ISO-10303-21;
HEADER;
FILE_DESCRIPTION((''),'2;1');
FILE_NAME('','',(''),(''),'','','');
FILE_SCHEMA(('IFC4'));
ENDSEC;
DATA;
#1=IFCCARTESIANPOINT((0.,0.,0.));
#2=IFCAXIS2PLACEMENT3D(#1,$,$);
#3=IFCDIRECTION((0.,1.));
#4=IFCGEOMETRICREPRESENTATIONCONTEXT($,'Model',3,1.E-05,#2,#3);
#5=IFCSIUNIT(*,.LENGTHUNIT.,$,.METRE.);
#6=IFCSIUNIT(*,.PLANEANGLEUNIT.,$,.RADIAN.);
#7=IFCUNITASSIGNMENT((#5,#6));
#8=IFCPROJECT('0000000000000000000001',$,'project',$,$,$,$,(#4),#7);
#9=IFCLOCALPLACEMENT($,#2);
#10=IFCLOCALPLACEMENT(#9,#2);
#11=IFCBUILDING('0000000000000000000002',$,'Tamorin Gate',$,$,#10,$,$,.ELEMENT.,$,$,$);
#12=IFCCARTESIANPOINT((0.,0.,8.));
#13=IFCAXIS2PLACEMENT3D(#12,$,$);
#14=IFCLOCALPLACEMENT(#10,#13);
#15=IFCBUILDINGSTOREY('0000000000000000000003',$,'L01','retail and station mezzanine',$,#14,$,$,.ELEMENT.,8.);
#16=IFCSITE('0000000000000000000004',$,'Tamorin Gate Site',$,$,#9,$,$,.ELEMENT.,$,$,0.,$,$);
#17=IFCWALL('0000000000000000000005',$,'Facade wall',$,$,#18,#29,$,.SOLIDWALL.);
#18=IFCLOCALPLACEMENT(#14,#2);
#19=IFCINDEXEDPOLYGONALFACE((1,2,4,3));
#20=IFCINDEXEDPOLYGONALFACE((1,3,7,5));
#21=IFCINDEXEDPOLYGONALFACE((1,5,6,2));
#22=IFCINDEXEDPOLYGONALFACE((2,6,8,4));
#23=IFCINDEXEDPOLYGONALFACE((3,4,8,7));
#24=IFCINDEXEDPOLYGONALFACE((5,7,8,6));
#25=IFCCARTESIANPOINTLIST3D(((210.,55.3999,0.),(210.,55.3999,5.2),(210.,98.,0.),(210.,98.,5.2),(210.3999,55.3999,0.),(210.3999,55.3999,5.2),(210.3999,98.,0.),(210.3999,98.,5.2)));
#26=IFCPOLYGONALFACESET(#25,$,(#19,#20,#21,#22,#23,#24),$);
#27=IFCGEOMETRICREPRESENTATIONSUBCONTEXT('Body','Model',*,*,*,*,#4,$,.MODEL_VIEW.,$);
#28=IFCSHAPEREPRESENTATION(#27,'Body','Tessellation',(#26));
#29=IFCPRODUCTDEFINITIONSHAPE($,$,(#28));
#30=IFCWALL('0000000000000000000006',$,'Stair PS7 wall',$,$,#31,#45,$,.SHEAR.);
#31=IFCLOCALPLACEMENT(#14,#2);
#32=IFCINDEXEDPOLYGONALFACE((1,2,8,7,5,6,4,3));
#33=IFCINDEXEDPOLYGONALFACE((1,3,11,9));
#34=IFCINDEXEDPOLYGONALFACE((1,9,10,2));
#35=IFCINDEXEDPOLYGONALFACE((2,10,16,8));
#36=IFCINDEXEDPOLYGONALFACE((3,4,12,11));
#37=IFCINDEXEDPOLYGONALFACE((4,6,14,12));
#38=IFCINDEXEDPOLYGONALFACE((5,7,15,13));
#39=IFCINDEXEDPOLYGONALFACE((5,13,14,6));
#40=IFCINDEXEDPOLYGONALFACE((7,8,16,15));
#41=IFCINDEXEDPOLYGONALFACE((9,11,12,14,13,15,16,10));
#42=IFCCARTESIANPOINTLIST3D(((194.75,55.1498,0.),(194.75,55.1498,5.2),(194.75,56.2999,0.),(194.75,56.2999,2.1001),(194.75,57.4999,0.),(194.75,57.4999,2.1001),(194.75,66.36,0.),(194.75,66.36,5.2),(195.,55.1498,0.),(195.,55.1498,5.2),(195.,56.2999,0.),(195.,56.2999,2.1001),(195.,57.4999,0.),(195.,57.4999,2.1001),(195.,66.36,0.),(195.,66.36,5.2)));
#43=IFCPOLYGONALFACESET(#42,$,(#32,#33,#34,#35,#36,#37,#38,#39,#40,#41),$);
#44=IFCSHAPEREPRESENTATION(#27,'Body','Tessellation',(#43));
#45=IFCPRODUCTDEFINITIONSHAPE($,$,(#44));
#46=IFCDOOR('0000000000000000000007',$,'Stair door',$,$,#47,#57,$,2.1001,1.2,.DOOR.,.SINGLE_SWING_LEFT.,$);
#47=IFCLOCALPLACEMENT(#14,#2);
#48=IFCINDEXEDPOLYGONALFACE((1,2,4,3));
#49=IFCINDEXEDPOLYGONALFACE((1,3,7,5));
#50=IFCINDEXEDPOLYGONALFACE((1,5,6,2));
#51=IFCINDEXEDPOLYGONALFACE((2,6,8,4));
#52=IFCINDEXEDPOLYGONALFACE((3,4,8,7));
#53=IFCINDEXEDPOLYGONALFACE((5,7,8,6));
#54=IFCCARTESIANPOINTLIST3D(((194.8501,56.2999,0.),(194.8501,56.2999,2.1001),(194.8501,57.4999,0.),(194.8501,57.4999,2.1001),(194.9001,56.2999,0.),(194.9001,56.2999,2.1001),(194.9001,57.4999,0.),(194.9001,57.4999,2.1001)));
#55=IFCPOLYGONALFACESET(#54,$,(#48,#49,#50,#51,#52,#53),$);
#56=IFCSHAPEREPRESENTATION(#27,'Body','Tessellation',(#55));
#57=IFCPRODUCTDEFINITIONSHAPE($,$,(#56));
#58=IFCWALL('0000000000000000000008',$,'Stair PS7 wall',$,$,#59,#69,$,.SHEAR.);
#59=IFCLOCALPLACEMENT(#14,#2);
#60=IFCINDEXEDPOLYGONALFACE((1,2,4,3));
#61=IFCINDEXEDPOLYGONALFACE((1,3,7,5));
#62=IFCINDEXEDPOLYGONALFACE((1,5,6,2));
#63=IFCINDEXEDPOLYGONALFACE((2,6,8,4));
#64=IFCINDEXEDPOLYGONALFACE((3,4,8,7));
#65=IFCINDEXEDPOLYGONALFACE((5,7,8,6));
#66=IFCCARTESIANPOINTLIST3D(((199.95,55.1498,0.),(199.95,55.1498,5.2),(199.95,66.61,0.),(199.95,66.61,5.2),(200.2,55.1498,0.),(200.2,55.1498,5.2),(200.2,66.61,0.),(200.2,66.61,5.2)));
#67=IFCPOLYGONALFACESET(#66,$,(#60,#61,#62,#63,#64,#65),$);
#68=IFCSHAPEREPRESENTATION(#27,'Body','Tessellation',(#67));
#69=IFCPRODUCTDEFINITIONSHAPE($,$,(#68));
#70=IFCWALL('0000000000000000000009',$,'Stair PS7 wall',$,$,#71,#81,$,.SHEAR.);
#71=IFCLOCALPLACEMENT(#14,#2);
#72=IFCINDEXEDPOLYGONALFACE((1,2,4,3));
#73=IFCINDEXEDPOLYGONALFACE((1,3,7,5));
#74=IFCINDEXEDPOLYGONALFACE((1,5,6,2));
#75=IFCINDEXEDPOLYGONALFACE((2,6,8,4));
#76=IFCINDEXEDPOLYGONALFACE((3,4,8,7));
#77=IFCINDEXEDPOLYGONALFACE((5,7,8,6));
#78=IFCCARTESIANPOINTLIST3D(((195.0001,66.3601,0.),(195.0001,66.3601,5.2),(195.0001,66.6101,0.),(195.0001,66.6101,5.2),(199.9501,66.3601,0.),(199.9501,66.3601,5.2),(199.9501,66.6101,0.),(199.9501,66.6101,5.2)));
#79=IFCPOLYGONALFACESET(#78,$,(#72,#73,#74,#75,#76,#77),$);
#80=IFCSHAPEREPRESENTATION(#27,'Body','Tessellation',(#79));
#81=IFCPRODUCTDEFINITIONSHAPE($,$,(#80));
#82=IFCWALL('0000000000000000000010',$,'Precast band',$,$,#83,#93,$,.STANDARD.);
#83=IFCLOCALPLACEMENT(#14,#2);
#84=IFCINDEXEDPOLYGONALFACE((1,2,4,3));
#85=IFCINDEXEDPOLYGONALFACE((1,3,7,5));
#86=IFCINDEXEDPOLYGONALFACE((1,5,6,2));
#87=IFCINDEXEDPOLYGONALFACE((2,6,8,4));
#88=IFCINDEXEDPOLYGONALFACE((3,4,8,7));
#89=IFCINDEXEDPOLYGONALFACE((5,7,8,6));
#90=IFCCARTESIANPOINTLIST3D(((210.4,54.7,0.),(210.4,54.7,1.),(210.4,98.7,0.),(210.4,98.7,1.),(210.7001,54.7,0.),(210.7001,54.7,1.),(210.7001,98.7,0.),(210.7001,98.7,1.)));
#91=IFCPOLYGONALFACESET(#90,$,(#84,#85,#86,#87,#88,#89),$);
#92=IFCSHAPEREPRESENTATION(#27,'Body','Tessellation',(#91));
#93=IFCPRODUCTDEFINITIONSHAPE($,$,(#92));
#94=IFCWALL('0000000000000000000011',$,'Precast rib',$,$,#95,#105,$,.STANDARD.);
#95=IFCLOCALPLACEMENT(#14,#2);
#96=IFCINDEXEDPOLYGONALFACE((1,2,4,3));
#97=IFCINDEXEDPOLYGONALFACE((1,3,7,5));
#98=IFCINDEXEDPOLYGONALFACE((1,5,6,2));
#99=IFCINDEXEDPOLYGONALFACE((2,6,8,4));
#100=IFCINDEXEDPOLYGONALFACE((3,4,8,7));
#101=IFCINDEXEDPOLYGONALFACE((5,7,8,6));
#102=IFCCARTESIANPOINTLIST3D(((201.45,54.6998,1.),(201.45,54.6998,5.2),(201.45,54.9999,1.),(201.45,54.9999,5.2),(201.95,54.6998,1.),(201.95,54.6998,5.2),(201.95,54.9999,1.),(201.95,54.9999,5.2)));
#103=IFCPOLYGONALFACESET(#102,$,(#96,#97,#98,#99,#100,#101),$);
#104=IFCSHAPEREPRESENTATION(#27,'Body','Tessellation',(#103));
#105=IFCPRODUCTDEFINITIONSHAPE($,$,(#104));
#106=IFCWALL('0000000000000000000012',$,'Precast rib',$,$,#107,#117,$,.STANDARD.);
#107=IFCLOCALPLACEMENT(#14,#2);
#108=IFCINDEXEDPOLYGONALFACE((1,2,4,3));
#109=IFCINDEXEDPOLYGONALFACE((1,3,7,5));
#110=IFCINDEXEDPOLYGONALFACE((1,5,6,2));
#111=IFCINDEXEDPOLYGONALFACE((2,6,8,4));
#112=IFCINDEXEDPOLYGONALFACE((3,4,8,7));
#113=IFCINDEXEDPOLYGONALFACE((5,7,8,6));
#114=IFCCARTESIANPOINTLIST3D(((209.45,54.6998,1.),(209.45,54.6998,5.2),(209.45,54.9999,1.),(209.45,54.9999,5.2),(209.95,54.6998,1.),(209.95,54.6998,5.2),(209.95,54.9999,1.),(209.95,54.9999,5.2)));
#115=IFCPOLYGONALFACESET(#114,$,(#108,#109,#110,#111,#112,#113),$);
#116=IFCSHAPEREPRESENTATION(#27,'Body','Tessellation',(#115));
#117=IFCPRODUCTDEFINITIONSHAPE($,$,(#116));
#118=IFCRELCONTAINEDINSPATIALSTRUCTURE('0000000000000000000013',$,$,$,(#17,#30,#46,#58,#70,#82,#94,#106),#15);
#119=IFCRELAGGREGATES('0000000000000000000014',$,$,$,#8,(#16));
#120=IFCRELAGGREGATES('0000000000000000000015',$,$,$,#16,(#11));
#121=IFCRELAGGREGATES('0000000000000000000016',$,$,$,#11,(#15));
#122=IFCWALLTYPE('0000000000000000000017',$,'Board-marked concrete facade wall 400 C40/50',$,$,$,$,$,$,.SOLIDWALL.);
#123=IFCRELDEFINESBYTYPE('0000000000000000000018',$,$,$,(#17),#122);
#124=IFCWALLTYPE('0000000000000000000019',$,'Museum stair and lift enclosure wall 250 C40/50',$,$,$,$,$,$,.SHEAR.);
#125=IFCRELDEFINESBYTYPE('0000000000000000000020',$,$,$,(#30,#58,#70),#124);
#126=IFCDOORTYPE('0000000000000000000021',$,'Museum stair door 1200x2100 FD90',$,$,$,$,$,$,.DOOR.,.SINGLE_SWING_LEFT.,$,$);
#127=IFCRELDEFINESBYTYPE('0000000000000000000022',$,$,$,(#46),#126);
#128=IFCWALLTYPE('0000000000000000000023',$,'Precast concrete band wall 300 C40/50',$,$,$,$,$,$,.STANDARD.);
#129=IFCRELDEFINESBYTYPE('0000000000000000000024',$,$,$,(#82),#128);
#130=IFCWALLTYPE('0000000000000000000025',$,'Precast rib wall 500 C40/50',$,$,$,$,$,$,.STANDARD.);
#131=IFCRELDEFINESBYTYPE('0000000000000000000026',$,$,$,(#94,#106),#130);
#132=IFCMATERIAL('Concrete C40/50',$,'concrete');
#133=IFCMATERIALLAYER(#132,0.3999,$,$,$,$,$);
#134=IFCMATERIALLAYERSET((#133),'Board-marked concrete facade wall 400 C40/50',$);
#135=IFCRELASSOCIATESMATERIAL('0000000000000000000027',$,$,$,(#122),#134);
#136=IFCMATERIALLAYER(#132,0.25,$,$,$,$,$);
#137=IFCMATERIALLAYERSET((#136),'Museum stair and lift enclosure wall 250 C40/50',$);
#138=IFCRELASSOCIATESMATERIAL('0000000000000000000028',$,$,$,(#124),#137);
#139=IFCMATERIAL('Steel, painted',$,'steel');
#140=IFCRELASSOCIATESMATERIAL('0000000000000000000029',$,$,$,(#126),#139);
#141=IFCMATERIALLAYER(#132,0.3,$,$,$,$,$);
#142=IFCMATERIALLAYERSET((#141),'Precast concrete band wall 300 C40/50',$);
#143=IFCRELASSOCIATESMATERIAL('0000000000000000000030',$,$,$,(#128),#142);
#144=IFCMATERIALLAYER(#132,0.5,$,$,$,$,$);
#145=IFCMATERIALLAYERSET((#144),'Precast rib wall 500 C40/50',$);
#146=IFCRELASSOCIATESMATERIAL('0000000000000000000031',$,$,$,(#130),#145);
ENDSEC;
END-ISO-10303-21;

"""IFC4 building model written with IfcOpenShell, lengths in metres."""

from ifc_helpers import new_model, si_unit, direction, frame, frame_2d, origin, place, context, subcontext, project, spatial, rectangle, extrude, material, layer, layer_set, type_object, element, fill, save


model = new_model("IFC4")

# Units and contexts
model_context = context("Model", 3, precision=1e-05, world=origin(), true_north=direction((0.0, 1.0)))
body_context = subcontext(model_context, "Body", "Model", "MODEL_VIEW")
ifc_project = project(units=[si_unit("LENGTHUNIT", "METRE"), si_unit("PLANEANGLEUNIT", "RADIAN")], contexts=[model_context])

# Site, building, storey
site_placement = place(None, origin())
site = spatial("IfcSite", under=ifc_project, at=site_placement, Name="Tamorin Gate Site", CompositionType="ELEMENT", RefElevation=0.0)
building_placement = place(site_placement, origin())
building = spatial("IfcBuilding", under=site, at=building_placement, Name="Tamorin Gate", CompositionType="ELEMENT")
storey_placement = place(building_placement, frame((0.0, 0.0, 8.0)))
storey = spatial("IfcBuildingStorey", under=building, at=storey_placement, Name="L01", Description="retail and station mezzanine", CompositionType="ELEMENT", Elevation=8.0)

# Shared definitions
ifc_material_1 = material(Name="Steel, painted", Category="steel")

# Wall
ifc_material_2 = material(Name="Concrete C40/50", Category="concrete")
ifc_layer_1 = layer(ifc_material_2, 0.3999)
ifc_layer_set_1 = layer_set([ifc_layer_1], Name="Board-marked concrete facade wall 400 C40/50")
wall_type_1 = type_object("IfcWallType", Name="Board-marked concrete facade wall 400 C40/50", PredefinedType="SOLIDWALL", material=ifc_layer_set_1)
wall_1_placement = place(storey_placement, frame((210.2, 55.3999, 0.0), z_axis=(0.0, 0.0, 1.0), x_axis=(0.0, 1.0, 0.0)))
element("IfcWall", 1, at=wall_1_placement, inside=storey, type_object=wall_type_1, Name="Facade wall", PredefinedType="SOLIDWALL", context=body_context, shape_type="SweptSolid", body=[
    extrude(rectangle(XDim=42.6001, YDim=0.3999, at=frame_2d((21.3, 0.0))), origin(), (0.0, 0.0, 1.0), 5.2),
])

# Wall, opening, door
ifc_layer_2 = layer(ifc_material_2, 0.25)
ifc_layer_set_2 = layer_set([ifc_layer_2], Name="Museum stair and lift enclosure wall 250 C40/50")
wall_type_2 = type_object("IfcWallType", Name="Museum stair and lift enclosure wall 250 C40/50", PredefinedType="SHEAR", material=ifc_layer_set_2)
wall_2_placement = place(storey_placement, frame((194.875, 55.1499, 0.0), z_axis=(0.0, 0.0, 1.0), x_axis=(0.0, 1.0, 0.0)))
wall_2 = element("IfcWall", 2, at=wall_2_placement, inside=storey, type_object=wall_type_2, Name="Stair PS7 wall", PredefinedType="SHEAR", context=body_context, shape_type="SweptSolid", body=[
    extrude(rectangle(XDim=11.2102, YDim=0.25, at=frame_2d((5.605, 0.0))), origin(), (0.0, 0.0, 1.0), 5.2),
])
opening_1_placement = place(wall_2_placement, frame((1.1499, 0.0, 0.0)))
opening_1 = element("IfcOpeningElement", 3, at=opening_1_placement, cuts=wall_2, PredefinedType="OPENING", context=body_context, shape_type="SweptSolid", body=[
    extrude(rectangle(XDim=1.2, YDim=2.1001, at=frame_2d((0.6001, 1.05))), frame((0.0, 0.135, 0.0), z_axis=(0.0, -1.0, 0.0), x_axis=(1.0, 0.0, 0.0)), (0.0, 0.0, 1.0), 0.27),
])
door_type_1 = type_object("IfcDoorType", Name="Museum stair door 1200x2100 FD90", OperationType="SINGLE_SWING_LEFT", PredefinedType="DOOR", material=ifc_material_1)
door_1_placement = place(opening_1_placement, origin())
door_1 = element("IfcDoor", 4, at=door_1_placement, inside=storey, type_object=door_type_1, Name="Stair door", OperationType="SINGLE_SWING_LEFT", OverallHeight=2.1001, OverallWidth=1.2, PredefinedType="DOOR", context=body_context, shape_type="SweptSolid", body=[
    extrude(rectangle(XDim=1.2, YDim=2.1001, at=frame_2d((0.6001, 1.05))), frame((0.0, 0.0249, 0.0), z_axis=(0.0, -1.0, 0.0), x_axis=(1.0, 0.0, 0.0)), (0.0, 0.0, 1.0), 0.05),
])
fill(opening_1, door_1)

# Walls
wall_3_placement = place(storey_placement, frame((200.075, 55.1499, 0.0), z_axis=(0.0, 0.0, 1.0), x_axis=(0.0, 1.0, 0.0)))
element("IfcWall", 5, at=wall_3_placement, inside=storey, type_object=wall_type_2, Name="Stair PS7 wall", PredefinedType="SHEAR", context=body_context, shape_type="SweptSolid", body=[
    extrude(rectangle(XDim=11.4602, YDim=0.25, at=frame_2d((5.73, 0.0))), origin(), (0.0, 0.0, 1.0), 5.2),
])
wall_4_placement = place(storey_placement, frame((195.0, 66.4851, 0.0), z_axis=(0.0, 0.0, 1.0), x_axis=(1.0, 0.0, 0.0)))
element("IfcWall", 6, at=wall_4_placement, inside=storey, type_object=wall_type_2, Name="Stair PS7 wall", PredefinedType="SHEAR", context=body_context, shape_type="SweptSolid", body=[
    extrude(rectangle(XDim=4.95, YDim=0.25, at=frame_2d((2.4751, 0.0))), origin(), (0.0, 0.0, 1.0), 5.2),
])
ifc_layer_3 = layer(ifc_material_2, 0.3)
ifc_layer_set_3 = layer_set([ifc_layer_3], Name="Precast concrete band wall 300 C40/50")
wall_type_3 = type_object("IfcWallType", Name="Precast concrete band wall 300 C40/50", PredefinedType="STANDARD", material=ifc_layer_set_3)
wall_5_placement = place(storey_placement, frame((210.55, 54.7, 0.0), z_axis=(0.0, 0.0, 1.0), x_axis=(0.0, 1.0, 0.0)))
element("IfcWall", 7, at=wall_5_placement, inside=storey, type_object=wall_type_3, Name="Precast band", PredefinedType="STANDARD", context=body_context, shape_type="SweptSolid", body=[
    extrude(rectangle(XDim=44.0, YDim=0.3, at=frame_2d((22.0, 0.0))), origin(), (0.0, 0.0, 1.0), 1.0),
])
ifc_layer_4 = layer(ifc_material_2, 0.5)
ifc_layer_set_4 = layer_set([ifc_layer_4], Name="Precast rib wall 500 C40/50")
wall_type_4 = type_object("IfcWallType", Name="Precast rib wall 500 C40/50", PredefinedType="STANDARD", material=ifc_layer_set_4)
for number, where, z_axis, x_axis, name in (
    (8, (201.7, 54.7, 1.0), (0.0, 0.0, 1.0), (0.0, 1.0, 0.0), "Precast rib"),
    (9, (209.7, 54.7, 1.0), (0.0, 0.0, 1.0), (0.0, 1.0, 0.0), "Precast rib"),
):
    element("IfcWall", number, at=place(storey_placement, frame(where, z_axis=z_axis, x_axis=x_axis)), inside=storey, type_object=wall_type_4, Name=name, PredefinedType="STANDARD", context=body_context, shape_type="SweptSolid", body=[
        extrude(rectangle(XDim=0.3, YDim=0.5, at=frame_2d((0.1499, 0.0))), origin(), (0.0, 0.0, 1.0), 4.2),
    ])

save(model, "model.ifc")
